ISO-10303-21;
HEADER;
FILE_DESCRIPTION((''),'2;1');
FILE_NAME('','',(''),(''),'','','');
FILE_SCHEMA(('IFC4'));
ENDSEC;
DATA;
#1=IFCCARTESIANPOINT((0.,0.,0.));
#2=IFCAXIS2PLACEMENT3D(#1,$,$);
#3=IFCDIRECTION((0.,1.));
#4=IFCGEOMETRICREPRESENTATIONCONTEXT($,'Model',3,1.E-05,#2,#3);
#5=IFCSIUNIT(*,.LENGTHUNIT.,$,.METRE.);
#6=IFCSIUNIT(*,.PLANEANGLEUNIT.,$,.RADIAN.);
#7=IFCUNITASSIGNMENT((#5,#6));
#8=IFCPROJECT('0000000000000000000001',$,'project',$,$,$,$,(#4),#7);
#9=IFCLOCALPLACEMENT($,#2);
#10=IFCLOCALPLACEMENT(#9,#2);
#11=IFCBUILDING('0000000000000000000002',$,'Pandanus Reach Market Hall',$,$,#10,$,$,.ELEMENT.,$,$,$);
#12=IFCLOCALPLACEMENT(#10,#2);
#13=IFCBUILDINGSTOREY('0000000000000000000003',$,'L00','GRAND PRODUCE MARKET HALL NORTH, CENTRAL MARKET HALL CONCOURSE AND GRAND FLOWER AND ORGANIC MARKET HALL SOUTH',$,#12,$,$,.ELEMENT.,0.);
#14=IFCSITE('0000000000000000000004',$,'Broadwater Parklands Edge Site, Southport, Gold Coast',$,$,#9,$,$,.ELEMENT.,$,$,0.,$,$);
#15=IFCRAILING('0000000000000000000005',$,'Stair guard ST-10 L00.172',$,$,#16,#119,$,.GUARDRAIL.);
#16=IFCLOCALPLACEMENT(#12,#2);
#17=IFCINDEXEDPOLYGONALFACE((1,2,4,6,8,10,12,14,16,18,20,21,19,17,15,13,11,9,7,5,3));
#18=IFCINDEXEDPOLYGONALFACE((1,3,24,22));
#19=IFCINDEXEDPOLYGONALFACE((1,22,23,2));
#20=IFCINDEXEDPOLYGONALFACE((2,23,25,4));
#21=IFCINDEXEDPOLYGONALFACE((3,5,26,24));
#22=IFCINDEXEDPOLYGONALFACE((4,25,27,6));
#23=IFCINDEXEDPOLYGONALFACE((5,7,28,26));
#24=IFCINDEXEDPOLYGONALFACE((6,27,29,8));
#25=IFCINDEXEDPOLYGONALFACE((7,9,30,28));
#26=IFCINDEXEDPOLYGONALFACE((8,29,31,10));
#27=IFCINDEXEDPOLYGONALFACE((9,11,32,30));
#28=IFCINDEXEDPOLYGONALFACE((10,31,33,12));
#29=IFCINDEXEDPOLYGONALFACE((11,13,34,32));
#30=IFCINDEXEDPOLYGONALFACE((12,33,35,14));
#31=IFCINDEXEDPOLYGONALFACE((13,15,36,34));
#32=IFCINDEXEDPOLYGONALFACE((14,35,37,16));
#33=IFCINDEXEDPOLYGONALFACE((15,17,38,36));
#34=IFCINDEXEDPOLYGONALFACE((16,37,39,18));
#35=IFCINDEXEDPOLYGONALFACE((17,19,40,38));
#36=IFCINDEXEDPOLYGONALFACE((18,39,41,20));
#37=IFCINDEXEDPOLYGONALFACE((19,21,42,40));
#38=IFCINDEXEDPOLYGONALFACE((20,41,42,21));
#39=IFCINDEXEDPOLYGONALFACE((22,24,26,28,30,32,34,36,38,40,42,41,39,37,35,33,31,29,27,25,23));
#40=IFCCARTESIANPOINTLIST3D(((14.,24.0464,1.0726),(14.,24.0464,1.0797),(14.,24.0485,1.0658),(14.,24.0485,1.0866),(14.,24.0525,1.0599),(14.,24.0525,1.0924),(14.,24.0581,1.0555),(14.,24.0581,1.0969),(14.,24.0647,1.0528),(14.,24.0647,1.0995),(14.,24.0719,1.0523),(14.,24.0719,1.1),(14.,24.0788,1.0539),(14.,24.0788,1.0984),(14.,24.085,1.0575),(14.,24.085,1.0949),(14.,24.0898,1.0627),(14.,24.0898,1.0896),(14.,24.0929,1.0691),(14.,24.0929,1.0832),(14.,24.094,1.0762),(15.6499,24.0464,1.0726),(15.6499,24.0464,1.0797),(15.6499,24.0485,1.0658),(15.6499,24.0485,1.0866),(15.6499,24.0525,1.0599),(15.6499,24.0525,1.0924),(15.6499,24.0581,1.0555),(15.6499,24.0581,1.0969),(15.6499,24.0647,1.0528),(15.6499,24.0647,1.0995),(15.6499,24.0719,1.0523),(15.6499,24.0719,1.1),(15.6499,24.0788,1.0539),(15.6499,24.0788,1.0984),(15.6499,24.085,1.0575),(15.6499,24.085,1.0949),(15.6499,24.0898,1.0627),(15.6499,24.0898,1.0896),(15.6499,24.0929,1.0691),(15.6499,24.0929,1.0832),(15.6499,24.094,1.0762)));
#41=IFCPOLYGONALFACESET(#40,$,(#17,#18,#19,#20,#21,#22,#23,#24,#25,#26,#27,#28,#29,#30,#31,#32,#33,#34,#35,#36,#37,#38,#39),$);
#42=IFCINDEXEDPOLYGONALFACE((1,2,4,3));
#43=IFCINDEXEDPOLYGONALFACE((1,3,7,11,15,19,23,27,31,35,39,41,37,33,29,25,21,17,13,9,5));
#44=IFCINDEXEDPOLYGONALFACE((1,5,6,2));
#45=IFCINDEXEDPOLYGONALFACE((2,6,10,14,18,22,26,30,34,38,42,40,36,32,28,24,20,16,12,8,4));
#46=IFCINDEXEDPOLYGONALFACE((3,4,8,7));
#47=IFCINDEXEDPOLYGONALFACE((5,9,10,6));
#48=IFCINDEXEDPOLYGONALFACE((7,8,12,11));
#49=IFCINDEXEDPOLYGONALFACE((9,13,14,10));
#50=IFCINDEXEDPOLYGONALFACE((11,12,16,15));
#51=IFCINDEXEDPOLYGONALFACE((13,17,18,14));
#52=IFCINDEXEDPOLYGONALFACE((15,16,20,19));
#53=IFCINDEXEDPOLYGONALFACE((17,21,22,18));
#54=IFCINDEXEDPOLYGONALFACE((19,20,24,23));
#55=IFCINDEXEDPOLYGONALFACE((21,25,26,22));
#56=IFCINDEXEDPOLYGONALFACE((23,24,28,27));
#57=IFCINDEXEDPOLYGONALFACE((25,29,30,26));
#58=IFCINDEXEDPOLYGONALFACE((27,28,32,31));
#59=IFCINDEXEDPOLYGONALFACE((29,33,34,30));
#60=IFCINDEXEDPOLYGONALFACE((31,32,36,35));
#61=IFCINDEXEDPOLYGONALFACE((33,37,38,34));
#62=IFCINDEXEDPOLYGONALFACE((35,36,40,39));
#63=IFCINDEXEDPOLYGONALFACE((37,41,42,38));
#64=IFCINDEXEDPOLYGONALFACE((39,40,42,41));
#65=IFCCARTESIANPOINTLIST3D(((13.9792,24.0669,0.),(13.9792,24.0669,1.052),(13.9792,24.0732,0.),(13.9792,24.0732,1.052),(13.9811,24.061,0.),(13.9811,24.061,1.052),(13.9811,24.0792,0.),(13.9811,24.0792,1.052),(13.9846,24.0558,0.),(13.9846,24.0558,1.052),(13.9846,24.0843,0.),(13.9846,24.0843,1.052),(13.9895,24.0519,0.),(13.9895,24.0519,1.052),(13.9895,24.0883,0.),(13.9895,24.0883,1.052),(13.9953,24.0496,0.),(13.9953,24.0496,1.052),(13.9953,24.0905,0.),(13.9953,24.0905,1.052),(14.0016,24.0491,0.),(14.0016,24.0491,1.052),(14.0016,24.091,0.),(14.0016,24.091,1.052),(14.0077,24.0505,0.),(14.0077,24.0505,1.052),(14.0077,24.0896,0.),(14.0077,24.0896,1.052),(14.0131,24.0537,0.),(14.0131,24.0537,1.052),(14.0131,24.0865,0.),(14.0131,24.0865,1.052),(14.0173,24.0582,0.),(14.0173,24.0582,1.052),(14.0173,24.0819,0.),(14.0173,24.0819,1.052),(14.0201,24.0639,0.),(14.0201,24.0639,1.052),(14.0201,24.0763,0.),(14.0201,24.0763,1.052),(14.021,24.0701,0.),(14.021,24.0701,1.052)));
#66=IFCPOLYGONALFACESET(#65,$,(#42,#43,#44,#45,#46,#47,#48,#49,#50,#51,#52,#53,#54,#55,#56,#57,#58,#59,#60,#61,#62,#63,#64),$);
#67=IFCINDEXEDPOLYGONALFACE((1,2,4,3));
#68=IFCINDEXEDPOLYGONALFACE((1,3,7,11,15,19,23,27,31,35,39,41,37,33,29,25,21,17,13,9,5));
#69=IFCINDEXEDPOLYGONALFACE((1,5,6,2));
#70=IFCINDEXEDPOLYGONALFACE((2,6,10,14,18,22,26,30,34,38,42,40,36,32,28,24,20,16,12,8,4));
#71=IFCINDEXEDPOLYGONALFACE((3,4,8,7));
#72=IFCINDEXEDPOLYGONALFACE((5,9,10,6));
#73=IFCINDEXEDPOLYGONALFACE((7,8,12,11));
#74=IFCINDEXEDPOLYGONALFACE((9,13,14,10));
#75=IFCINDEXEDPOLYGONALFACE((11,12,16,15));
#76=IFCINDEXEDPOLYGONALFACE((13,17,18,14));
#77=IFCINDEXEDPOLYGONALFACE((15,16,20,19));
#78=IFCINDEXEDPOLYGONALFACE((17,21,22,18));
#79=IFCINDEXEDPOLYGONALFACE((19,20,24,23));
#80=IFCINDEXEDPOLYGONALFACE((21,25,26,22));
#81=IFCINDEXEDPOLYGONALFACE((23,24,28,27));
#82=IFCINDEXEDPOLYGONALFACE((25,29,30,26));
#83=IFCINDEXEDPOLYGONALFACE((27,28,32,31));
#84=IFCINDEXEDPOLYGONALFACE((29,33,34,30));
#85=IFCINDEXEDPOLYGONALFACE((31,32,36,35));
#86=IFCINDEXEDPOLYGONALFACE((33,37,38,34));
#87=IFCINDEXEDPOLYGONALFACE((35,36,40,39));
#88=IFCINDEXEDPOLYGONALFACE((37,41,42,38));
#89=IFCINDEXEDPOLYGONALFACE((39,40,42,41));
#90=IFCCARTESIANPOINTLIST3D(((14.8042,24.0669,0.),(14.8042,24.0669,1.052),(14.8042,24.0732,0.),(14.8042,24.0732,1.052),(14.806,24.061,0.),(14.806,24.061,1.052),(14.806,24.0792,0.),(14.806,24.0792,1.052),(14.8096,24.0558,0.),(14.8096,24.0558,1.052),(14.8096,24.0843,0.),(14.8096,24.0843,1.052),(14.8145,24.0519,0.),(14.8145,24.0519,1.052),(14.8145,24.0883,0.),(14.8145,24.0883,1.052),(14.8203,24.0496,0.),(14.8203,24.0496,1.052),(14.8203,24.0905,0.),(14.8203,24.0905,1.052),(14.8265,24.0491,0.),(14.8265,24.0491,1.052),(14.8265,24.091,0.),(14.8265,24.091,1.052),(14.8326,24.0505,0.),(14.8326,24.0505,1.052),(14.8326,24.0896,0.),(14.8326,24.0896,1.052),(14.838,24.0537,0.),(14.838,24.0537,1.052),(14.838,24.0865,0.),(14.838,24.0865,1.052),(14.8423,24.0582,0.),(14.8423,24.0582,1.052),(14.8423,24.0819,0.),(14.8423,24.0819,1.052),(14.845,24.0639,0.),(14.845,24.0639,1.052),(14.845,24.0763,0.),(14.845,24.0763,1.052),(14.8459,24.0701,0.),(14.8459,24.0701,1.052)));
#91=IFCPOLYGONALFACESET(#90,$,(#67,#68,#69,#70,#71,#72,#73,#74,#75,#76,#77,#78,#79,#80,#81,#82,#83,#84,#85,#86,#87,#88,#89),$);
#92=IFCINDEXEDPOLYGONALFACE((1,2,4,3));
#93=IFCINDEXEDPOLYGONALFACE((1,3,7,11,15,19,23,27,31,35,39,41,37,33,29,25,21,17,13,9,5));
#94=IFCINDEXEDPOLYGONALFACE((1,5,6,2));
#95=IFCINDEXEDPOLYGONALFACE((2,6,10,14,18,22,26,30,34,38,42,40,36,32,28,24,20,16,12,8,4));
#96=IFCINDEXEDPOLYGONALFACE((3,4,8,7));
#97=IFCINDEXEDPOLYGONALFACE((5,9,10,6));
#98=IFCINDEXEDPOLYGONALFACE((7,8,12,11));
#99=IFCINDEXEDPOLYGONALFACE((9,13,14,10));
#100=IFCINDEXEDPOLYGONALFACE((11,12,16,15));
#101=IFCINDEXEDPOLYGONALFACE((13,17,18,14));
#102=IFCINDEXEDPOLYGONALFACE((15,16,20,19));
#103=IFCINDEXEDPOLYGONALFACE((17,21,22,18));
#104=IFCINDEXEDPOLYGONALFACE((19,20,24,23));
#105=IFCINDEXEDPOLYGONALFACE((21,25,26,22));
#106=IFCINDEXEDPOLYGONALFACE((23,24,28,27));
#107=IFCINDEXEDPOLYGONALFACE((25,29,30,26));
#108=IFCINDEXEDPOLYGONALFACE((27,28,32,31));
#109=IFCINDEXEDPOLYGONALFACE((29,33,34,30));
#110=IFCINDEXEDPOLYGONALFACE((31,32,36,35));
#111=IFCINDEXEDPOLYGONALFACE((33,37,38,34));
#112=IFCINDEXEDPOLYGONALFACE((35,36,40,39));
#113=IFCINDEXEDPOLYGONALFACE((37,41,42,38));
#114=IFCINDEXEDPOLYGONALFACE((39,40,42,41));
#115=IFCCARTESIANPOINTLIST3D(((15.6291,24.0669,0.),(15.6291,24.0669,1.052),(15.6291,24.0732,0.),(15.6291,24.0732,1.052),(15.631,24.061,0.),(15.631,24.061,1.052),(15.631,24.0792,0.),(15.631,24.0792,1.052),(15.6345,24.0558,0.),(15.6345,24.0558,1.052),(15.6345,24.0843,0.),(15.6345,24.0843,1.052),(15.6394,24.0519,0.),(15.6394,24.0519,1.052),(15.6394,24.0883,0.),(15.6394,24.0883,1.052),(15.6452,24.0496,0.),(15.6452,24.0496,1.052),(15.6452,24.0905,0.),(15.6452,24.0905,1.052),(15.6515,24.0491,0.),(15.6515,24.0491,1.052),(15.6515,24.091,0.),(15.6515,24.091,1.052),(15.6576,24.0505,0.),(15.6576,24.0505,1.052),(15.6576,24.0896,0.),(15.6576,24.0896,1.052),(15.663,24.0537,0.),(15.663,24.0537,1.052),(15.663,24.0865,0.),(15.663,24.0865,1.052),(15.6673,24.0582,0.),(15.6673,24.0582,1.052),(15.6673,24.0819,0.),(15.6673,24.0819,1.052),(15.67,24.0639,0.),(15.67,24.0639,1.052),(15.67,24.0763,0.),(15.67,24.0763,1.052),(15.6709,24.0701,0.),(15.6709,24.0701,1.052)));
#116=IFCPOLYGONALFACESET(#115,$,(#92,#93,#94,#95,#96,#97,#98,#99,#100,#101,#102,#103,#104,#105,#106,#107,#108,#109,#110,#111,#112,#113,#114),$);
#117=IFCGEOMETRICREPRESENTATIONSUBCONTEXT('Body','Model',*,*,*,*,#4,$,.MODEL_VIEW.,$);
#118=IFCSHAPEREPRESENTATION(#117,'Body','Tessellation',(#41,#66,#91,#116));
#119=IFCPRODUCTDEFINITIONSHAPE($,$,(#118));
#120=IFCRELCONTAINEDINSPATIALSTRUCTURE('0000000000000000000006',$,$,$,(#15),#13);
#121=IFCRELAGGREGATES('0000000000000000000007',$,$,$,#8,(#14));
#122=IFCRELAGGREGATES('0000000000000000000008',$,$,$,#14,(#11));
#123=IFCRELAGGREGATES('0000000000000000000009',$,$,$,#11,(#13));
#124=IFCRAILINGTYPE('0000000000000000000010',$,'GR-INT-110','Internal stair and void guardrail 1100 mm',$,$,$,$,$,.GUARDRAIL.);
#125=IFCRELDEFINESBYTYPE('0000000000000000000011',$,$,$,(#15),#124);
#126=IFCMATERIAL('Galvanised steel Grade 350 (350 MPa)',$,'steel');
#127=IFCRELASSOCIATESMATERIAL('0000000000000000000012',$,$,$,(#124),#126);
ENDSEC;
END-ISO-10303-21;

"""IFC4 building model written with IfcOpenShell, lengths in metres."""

from ifc_helpers import new_model, si_unit, direction, frame, origin, origin_2d, place, context, subcontext, project, spatial, circle, extrude, material, type_object, element, save


model = new_model("IFC4")

# Units and contexts
model_context = context("Model", 3, precision=1e-05, world=origin(), true_north=direction((0.0, 1.0)))
body_context = subcontext(model_context, "Body", "Model", "MODEL_VIEW")
ifc_project = project(units=[si_unit("LENGTHUNIT", "METRE"), si_unit("PLANEANGLEUNIT", "RADIAN")], contexts=[model_context])

# Site, building, storey
site_placement = place(None, origin())
site = spatial("IfcSite", under=ifc_project, at=site_placement, Name="Broadwater Parklands Edge Site, Southport, Gold Coast", CompositionType="ELEMENT", RefElevation=0.0)
building_placement = place(site_placement, origin())
building = spatial("IfcBuilding", under=site, at=building_placement, Name="Pandanus Reach Market Hall", CompositionType="ELEMENT")
storey_placement = place(building_placement, origin())
storey = spatial("IfcBuildingStorey", under=building, at=storey_placement, Name="L00", Description="GRAND PRODUCE MARKET HALL NORTH, CENTRAL MARKET HALL CONCOURSE AND GRAND FLOWER AND ORGANIC MARKET HALL SOUTH", CompositionType="ELEMENT", Elevation=0.0)

# Railing
ifc_material_1 = material(Name="Galvanised steel Grade 350 (350 MPa)", Category="steel")
railing_type_1 = type_object("IfcRailingType", Name="GR-INT-110", Description="Internal stair and void guardrail 1100 mm", PredefinedType="GUARDRAIL", material=ifc_material_1)
railing_1_placement = place(storey_placement, frame((14.0, 24.0701, 0.0)))
element("IfcRailing", 1, at=railing_1_placement, inside=storey, type_object=railing_type_1, Name="Stair guard ST-10 L00.172", PredefinedType="GUARDRAIL", context=body_context, shape_type="SweptSolid", body=[
    extrude(circle(Radius=0.0239, at=origin_2d()), frame((0.0, 0.0, 1.0762), z_axis=(1.0, 0.0, 0.0), x_axis=(0.0, 1.0, 0.0)), (0.0, 0.0, 1.0), 1.6499),
    extrude(circle(Radius=0.021, at=origin_2d()), origin(), (0.0, 0.0, 1.0), 1.052),
    extrude(circle(Radius=0.021, at=origin_2d()), frame((0.825, 0.0, 0.0)), (0.0, 0.0, 1.0), 1.052),
    extrude(circle(Radius=0.021, at=origin_2d()), frame((1.6499, 0.0, 0.0)), (0.0, 0.0, 1.0), 1.052),
])

save(model, "model.ifc")
